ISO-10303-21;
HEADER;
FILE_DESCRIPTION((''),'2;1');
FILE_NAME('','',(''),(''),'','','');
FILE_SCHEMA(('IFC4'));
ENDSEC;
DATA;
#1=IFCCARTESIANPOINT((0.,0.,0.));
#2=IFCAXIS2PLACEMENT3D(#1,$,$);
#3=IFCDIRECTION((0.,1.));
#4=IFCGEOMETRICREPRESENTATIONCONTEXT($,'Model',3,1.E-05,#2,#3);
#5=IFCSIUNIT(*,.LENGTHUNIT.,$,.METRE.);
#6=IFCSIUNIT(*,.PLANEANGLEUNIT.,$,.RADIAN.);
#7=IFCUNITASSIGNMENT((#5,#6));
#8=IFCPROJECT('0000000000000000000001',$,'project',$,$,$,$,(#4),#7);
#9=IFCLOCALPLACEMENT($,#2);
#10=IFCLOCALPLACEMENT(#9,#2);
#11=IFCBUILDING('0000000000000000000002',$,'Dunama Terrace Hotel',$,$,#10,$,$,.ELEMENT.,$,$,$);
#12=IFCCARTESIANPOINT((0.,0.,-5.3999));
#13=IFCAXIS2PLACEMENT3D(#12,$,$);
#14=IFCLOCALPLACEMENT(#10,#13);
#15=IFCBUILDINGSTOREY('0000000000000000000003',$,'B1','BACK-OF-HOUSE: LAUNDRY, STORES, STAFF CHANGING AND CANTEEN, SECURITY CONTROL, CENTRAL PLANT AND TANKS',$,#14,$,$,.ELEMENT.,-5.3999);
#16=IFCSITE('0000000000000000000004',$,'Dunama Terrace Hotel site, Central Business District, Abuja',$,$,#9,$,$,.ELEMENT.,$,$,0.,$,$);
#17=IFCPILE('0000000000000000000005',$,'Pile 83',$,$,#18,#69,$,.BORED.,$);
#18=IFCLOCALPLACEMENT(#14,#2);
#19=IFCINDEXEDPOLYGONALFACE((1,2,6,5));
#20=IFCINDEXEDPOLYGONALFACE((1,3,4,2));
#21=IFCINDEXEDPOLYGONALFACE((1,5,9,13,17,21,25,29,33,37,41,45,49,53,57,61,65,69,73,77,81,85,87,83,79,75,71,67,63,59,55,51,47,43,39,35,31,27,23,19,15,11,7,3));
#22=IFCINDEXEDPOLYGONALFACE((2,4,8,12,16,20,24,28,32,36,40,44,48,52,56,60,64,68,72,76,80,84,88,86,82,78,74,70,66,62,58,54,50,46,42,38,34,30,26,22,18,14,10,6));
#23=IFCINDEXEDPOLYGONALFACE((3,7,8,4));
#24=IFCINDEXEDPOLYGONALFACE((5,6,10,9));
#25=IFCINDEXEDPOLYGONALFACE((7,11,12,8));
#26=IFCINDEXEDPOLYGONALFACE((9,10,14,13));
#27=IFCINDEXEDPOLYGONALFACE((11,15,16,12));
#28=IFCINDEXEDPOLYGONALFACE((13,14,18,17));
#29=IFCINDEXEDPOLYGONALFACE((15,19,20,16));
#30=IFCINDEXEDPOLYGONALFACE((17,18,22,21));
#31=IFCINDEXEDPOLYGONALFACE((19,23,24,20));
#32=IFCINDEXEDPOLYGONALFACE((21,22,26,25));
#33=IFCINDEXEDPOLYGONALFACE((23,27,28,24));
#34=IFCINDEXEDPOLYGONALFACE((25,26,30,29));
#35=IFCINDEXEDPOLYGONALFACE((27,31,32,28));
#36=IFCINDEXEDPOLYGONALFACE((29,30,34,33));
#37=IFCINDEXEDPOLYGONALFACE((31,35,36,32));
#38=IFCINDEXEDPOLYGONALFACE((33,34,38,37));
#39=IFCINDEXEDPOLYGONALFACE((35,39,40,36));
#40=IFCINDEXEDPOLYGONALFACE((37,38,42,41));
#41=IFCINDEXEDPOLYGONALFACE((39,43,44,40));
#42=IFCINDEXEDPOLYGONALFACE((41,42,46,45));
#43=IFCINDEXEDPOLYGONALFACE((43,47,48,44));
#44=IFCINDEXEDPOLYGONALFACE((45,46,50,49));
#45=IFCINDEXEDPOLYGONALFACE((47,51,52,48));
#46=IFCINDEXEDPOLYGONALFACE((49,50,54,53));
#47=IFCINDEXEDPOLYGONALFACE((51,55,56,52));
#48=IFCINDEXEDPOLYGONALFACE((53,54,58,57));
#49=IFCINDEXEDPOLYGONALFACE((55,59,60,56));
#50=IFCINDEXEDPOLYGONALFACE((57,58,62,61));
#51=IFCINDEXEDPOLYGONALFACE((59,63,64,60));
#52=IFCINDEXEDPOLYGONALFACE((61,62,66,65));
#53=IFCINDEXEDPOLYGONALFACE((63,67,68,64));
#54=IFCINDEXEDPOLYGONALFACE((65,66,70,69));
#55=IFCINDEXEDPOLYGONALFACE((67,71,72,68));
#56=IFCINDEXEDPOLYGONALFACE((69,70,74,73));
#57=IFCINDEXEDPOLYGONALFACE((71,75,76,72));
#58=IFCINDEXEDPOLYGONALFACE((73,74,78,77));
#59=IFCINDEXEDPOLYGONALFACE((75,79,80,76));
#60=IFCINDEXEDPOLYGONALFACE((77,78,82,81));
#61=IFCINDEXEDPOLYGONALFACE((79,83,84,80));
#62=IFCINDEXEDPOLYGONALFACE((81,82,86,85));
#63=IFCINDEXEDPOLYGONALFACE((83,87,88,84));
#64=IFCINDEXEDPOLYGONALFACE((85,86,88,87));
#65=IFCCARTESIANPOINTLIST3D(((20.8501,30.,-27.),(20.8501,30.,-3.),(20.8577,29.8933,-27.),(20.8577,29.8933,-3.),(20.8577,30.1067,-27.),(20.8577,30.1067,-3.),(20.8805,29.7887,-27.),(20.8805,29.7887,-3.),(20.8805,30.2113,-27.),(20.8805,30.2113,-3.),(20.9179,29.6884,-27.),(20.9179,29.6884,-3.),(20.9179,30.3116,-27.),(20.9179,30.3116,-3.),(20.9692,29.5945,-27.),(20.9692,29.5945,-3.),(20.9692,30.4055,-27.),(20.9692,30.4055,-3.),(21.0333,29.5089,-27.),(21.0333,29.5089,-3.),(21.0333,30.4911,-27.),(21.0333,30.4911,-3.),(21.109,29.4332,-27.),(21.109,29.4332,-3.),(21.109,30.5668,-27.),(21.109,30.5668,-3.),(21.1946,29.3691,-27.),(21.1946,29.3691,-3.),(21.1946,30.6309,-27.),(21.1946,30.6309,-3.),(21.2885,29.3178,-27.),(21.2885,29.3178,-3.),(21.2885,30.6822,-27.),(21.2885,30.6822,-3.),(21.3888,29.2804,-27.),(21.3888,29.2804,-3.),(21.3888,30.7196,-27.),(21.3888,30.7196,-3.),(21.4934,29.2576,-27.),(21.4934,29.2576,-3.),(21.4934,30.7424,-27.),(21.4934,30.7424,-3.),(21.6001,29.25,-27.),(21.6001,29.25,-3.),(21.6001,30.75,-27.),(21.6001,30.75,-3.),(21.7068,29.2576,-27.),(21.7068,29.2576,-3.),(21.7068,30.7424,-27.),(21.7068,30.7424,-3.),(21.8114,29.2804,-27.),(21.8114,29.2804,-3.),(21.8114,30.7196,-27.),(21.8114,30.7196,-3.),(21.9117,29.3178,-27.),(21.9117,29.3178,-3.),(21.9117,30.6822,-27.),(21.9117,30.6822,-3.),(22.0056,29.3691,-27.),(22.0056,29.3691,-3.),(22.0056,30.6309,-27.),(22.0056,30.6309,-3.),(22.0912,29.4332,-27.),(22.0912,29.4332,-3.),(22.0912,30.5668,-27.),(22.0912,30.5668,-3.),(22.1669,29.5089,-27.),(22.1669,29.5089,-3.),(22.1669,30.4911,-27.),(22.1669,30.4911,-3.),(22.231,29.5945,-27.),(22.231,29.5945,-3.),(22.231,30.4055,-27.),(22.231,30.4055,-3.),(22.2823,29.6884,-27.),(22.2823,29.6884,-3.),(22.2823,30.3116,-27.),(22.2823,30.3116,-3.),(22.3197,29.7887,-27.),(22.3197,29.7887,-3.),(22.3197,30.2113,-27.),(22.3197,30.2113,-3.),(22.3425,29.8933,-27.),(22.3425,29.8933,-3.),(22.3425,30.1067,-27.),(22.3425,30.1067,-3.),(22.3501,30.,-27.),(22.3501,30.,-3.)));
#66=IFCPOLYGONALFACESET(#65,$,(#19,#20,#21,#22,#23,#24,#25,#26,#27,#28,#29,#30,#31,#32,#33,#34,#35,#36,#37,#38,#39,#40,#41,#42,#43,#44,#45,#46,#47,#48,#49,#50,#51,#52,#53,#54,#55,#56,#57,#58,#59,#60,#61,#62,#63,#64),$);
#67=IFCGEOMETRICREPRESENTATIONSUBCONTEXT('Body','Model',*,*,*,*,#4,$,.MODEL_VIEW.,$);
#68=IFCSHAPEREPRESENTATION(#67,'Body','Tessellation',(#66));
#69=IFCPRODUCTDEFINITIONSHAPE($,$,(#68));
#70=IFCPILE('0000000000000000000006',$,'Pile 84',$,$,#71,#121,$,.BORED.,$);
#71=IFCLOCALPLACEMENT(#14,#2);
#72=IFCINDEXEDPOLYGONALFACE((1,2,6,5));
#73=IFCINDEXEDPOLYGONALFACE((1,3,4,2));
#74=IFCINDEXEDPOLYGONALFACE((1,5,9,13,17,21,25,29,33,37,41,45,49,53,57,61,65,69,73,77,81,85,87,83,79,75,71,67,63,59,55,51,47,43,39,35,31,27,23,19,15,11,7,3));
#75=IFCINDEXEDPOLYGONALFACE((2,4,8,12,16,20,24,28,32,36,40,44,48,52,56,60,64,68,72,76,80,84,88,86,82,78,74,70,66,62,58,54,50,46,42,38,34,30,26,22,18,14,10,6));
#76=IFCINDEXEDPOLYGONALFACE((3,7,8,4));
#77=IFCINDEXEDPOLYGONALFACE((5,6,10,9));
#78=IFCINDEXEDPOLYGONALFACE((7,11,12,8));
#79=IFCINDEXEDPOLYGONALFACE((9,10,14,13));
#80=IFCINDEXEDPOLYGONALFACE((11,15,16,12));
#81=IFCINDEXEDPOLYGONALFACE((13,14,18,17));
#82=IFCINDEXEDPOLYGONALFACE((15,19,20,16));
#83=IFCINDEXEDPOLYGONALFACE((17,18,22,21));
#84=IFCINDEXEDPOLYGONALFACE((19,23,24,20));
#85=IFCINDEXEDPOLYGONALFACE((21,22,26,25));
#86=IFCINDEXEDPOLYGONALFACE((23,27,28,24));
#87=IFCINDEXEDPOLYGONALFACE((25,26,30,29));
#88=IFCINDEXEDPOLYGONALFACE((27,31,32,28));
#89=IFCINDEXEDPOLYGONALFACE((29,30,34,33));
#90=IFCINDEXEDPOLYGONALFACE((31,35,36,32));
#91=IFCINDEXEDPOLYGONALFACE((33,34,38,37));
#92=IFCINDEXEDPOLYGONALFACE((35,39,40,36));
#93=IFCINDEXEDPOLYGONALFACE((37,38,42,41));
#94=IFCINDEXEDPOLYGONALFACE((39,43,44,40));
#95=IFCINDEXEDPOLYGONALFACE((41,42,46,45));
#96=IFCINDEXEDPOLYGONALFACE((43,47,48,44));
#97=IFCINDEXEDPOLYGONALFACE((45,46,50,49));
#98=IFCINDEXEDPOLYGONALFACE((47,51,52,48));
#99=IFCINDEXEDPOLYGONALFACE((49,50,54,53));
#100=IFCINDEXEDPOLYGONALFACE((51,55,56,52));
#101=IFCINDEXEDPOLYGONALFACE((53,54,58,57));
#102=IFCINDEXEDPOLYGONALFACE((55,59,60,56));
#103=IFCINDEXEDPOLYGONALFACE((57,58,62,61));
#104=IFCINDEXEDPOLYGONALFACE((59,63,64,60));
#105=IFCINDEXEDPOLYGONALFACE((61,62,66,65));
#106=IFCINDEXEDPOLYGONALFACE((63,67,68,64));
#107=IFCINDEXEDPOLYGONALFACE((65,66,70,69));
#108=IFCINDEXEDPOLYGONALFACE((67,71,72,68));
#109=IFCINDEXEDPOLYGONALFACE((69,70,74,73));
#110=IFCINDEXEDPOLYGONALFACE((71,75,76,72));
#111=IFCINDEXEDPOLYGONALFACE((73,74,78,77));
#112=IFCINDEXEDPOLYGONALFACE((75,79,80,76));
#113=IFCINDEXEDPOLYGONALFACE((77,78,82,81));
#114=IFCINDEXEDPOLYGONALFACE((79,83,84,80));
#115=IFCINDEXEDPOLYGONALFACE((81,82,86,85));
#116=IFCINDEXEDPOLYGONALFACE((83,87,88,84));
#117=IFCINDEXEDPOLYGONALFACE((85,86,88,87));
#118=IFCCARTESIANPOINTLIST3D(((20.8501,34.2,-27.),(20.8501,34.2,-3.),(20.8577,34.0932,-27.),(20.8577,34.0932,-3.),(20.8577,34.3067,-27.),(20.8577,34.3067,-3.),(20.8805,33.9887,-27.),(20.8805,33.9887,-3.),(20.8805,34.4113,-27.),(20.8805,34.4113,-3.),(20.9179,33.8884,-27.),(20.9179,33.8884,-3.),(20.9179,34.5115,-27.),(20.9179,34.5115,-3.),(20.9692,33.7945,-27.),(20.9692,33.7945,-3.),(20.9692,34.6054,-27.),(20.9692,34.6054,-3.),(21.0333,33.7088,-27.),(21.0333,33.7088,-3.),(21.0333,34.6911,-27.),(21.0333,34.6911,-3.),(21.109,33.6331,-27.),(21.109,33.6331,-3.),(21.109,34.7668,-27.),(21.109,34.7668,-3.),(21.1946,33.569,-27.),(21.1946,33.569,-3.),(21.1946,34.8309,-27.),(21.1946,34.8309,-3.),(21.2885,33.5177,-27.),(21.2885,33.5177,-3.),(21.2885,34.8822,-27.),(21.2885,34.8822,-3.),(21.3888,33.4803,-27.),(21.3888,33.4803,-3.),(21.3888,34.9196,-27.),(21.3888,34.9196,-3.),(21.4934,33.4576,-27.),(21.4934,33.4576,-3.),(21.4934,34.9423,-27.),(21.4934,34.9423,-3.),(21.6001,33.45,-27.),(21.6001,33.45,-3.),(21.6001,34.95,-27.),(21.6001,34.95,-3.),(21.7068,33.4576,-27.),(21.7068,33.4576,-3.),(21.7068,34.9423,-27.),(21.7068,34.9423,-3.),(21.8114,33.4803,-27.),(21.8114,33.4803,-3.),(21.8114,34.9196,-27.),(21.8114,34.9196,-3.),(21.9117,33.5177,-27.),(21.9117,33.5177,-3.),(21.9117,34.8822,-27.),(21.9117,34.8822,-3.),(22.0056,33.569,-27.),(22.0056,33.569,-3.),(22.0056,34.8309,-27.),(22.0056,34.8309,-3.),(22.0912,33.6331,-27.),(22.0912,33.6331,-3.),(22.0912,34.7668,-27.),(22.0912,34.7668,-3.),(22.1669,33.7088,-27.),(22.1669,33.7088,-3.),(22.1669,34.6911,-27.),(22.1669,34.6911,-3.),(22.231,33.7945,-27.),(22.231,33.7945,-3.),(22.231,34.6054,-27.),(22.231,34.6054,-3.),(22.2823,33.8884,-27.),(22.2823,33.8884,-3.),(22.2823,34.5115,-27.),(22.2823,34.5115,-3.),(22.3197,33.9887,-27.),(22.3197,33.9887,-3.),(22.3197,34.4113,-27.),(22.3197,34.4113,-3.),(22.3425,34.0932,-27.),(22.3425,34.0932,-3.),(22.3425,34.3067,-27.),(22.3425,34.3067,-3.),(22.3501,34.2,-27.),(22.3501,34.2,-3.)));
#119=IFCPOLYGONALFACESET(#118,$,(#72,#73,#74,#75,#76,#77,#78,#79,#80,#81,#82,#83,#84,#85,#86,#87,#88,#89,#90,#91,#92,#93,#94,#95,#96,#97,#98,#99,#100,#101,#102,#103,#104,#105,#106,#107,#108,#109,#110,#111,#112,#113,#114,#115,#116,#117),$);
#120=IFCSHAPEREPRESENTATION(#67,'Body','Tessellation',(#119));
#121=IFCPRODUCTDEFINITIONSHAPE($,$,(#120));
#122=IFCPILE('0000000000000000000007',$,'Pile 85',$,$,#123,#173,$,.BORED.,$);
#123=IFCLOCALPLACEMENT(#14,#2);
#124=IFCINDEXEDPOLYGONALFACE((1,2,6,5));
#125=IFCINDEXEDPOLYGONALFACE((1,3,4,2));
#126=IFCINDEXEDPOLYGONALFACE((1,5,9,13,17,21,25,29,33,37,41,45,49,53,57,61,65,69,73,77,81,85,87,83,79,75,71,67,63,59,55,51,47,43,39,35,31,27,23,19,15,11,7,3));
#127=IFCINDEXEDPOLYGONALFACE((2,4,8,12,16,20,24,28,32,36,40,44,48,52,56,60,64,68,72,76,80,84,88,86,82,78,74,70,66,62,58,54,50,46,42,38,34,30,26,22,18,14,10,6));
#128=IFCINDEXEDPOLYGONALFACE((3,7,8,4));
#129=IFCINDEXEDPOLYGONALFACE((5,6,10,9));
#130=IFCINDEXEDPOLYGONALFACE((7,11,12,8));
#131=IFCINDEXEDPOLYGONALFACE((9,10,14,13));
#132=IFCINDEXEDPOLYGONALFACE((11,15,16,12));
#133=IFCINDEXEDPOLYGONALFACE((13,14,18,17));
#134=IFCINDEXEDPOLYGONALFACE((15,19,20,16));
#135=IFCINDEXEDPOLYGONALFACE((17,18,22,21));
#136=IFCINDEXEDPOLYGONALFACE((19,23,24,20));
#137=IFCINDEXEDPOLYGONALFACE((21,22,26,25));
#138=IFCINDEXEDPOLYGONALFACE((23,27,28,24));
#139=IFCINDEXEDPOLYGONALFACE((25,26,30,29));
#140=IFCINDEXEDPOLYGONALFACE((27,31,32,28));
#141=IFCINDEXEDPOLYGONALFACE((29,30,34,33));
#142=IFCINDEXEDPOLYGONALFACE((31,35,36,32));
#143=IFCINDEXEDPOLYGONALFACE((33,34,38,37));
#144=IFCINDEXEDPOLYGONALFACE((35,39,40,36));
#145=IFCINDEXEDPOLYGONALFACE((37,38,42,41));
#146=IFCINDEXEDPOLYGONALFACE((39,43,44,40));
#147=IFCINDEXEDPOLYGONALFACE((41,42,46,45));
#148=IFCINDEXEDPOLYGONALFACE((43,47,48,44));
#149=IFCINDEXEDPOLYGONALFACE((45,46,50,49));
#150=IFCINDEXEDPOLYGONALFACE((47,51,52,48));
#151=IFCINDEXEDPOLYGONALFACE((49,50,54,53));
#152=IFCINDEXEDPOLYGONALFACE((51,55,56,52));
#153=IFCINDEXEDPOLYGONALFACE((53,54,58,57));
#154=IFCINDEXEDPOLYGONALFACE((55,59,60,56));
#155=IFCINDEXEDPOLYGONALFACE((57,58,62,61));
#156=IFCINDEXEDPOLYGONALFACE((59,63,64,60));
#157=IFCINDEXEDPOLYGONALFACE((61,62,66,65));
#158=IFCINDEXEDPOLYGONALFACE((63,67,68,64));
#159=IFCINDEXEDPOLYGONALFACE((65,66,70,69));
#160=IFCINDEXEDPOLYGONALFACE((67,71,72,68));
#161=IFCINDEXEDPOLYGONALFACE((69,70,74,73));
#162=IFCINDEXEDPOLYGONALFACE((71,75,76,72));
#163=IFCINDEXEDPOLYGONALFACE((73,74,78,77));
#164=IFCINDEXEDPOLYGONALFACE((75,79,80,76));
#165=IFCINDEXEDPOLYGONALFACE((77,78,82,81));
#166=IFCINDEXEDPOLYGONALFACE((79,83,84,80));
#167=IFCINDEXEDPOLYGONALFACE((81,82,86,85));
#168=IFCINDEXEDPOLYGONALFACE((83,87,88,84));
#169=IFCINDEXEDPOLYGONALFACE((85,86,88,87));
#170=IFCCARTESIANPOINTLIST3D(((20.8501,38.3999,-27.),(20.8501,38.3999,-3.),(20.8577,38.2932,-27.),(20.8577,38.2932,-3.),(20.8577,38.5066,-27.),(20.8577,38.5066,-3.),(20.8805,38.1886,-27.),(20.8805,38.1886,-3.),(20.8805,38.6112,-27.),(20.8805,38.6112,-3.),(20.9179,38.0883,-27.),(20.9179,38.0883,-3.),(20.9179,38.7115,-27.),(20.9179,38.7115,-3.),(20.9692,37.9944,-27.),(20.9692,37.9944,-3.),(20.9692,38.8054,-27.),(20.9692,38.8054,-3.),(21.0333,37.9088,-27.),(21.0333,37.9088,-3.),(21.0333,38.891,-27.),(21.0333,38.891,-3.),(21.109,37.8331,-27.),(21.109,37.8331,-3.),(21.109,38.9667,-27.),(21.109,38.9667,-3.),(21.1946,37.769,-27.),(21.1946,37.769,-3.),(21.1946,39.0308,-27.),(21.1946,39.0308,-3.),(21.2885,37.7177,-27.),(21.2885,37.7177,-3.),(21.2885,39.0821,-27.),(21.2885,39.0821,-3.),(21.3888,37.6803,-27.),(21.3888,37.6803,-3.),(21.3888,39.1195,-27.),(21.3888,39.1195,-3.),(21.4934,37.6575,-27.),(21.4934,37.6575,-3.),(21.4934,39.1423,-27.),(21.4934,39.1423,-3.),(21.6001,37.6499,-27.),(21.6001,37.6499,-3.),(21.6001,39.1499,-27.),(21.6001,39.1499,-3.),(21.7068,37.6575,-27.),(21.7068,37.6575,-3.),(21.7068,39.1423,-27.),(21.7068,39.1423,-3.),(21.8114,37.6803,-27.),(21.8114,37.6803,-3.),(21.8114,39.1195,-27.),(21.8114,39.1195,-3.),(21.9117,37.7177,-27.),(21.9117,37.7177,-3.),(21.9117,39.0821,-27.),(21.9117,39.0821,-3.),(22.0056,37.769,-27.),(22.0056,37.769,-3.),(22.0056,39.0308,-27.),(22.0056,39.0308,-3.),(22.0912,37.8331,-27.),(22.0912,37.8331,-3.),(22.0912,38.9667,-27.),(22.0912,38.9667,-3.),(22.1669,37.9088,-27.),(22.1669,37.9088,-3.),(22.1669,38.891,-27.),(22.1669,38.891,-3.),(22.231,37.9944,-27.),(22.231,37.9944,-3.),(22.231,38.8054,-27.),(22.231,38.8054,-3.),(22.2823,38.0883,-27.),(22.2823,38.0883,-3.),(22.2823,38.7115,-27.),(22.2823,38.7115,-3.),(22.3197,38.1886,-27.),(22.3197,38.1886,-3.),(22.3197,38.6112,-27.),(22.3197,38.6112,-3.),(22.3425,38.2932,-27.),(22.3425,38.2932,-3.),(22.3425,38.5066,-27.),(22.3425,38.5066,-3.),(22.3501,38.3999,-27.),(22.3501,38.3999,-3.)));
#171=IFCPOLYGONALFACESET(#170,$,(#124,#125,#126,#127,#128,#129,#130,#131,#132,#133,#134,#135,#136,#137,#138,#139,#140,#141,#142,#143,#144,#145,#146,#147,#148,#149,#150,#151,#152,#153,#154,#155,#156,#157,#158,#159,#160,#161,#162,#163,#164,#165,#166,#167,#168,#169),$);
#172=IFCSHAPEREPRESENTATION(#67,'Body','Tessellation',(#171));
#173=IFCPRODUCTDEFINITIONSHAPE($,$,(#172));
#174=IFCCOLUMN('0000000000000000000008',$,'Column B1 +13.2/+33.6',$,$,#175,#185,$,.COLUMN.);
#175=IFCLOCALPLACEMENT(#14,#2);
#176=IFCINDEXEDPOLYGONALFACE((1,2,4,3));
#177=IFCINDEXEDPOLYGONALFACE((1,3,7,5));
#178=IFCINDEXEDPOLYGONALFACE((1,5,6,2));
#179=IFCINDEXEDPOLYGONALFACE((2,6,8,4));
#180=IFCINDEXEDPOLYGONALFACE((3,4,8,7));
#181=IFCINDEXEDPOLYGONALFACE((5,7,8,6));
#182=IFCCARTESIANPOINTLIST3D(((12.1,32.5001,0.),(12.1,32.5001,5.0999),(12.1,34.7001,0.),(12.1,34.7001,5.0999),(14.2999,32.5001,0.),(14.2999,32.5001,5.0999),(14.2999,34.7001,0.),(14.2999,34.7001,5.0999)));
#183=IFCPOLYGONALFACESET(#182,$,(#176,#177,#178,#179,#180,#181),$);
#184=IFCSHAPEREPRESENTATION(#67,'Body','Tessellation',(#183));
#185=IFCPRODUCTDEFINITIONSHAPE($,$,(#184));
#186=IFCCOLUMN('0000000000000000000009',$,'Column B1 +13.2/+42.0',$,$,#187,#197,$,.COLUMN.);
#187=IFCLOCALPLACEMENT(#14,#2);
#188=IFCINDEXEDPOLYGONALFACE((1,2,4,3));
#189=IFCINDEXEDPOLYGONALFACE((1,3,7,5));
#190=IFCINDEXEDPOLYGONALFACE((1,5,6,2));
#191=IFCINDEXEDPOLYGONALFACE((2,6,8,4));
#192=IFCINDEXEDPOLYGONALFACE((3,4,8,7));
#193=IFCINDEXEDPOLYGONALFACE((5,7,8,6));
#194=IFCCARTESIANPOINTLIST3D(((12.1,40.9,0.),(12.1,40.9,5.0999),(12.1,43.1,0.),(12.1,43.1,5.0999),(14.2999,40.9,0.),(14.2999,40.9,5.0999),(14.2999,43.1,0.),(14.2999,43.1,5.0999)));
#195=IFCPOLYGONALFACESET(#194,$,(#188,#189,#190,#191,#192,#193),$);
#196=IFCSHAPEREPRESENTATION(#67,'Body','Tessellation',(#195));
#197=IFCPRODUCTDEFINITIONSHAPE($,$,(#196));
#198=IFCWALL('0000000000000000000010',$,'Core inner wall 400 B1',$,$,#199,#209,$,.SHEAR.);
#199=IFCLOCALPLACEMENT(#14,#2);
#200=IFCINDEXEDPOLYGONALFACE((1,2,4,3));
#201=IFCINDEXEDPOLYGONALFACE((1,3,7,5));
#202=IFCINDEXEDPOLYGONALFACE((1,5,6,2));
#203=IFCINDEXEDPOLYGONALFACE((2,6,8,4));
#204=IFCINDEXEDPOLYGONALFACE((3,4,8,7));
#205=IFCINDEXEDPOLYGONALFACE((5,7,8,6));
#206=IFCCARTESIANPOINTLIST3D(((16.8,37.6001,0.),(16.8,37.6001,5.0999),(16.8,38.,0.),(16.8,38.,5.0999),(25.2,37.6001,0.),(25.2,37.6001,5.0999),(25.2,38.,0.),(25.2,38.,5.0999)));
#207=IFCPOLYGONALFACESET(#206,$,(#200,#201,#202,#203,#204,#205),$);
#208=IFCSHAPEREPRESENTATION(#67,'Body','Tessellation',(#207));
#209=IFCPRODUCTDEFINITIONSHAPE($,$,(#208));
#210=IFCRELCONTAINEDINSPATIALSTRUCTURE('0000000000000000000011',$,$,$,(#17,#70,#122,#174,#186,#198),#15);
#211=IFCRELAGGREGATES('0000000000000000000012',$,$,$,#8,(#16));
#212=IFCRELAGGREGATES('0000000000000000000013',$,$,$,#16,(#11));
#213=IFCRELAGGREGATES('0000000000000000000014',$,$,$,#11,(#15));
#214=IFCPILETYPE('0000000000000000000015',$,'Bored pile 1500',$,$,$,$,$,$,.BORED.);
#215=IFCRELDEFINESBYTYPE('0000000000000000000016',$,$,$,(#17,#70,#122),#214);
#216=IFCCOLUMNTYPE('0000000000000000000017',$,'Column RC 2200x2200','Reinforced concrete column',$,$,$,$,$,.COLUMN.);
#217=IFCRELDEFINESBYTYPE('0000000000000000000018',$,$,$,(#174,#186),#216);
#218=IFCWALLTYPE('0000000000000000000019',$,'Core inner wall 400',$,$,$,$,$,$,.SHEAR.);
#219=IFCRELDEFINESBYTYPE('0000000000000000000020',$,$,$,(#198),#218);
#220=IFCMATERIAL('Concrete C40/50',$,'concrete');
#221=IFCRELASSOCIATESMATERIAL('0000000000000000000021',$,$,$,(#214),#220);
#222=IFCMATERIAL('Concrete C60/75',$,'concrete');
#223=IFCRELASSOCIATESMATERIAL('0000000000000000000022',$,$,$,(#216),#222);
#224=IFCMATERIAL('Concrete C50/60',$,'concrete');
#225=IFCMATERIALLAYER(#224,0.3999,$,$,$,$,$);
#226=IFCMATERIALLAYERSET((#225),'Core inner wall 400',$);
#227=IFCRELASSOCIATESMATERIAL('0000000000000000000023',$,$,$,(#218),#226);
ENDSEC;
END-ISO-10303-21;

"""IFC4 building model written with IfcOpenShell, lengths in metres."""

from ifc_helpers import new_model, si_unit, direction, frame, frame_2d, origin, origin_2d, place, context, subcontext, project, spatial, rectangle, circle, extrude, material, layer, layer_set, material_profile, profile_set, type_object, element, save


model = new_model("IFC4")

# Units and contexts
model_context = context("Model", 3, precision=1e-05, world=origin(), true_north=direction((0.0, 1.0)))
body_context = subcontext(model_context, "Body", "Model", "MODEL_VIEW")
ifc_project = project(units=[si_unit("LENGTHUNIT", "METRE"), si_unit("PLANEANGLEUNIT", "RADIAN")], contexts=[model_context])

# Site, building, storey
site_placement = place(None, origin())
site = spatial("IfcSite", under=ifc_project, at=site_placement, Name="Dunama Terrace Hotel site, Central Business District, Abuja", CompositionType="ELEMENT", RefElevation=0.0)
building_placement = place(site_placement, origin())
building = spatial("IfcBuilding", under=site, at=building_placement, Name="Dunama Terrace Hotel", CompositionType="ELEMENT")
storey_placement = place(building_placement, frame((0.0, 0.0, -5.3999)))
storey = spatial("IfcBuildingStorey", under=building, at=storey_placement, Name="B1", Description="BACK-OF-HOUSE: LAUNDRY, STORES, STAFF CHANGING AND CANTEEN, SECURITY CONTROL, CENTRAL PLANT AND TANKS", CompositionType="ELEMENT", Elevation=-5.3999)

# Piles
ifc_material_1 = material(Name="Concrete C40/50", Category="concrete")
ifc_material_profile_1 = material_profile(ifc_material_1, circle(Radius=0.75, at=origin_2d()), Name="PILE D1500")
ifc_profile_set_1 = profile_set([ifc_material_profile_1], Name="Concrete C40/50")
pile_type = type_object("IfcPileType", Name="Bored pile 1500", PredefinedType="BORED", material=ifc_profile_set_1)
for number, where, z_axis, x_axis, name in (
    (1, (21.6001, 30.0, -3.0), (0.0, 0.0, -1.0), (1.0, 0.0, 0.0), "Pile 83"),
    (2, (21.6001, 34.2, -3.0), (0.0, 0.0, -1.0), (1.0, 0.0, 0.0), "Pile 84"),
    (3, (21.6001, 38.3999, -3.0), (0.0, 0.0, -1.0), (1.0, 0.0, 0.0), "Pile 85"),
):
    element("IfcPile", number, at=place(storey_placement, frame(where, z_axis=z_axis, x_axis=x_axis)), inside=storey, type_object=pile_type, Name=name, PredefinedType="BORED", context=body_context, shape_type="SweptSolid", body=[
        extrude(circle(Radius=0.75, at=origin_2d()), origin(), (0.0, 0.0, 1.0), 24.0),
    ])

# Columns
ifc_material_2 = material(Name="Concrete C60/75", Category="concrete")
ifc_material_profile_2 = material_profile(ifc_material_2, rectangle(XDim=2.2, YDim=2.2, at=origin_2d()), Name="RC 2200x2200")
ifc_profile_set_2 = profile_set([ifc_material_profile_2], Name="Concrete C60/75")
column_type = type_object("IfcColumnType", Name="Column RC 2200x2200", Description="Reinforced concrete column", PredefinedType="COLUMN", material=ifc_profile_set_2)
for number, where, z_axis, x_axis, name in (
    (4, (13.2, 33.6001, 0.0), (0.0, 0.0, 1.0), (1.0, 0.0, 0.0), "Column B1 +13.2/+33.6"),
    (5, (13.2, 42.0, 0.0), (0.0, 0.0, 1.0), (1.0, 0.0, 0.0), "Column B1 +13.2/+42.0"),
):
    element("IfcColumn", number, at=place(storey_placement, frame(where, z_axis=z_axis, x_axis=x_axis)), inside=storey, type_object=column_type, Name=name, PredefinedType="COLUMN", context=body_context, shape_type="SweptSolid", body=[
        extrude(rectangle(XDim=2.2, YDim=2.2, at=origin_2d()), origin(), (0.0, 0.0, 1.0), 5.0999),
    ])

# Wall
ifc_material_3 = material(Name="Concrete C50/60", Category="concrete")
ifc_layer_1 = layer(ifc_material_3, 0.3999)
ifc_layer_set_1 = layer_set([ifc_layer_1], Name="Core inner wall 400")
wall_type_1 = type_object("IfcWallType", Name="Core inner wall 400", PredefinedType="SHEAR", material=ifc_layer_set_1)
wall_1_placement = place(storey_placement, frame((16.8, 37.8, 0.0), z_axis=(0.0, 0.0, 1.0), x_axis=(1.0, 0.0, 0.0)))
element("IfcWall", 6, at=wall_1_placement, inside=storey, type_object=wall_type_1, Name="Core inner wall 400 B1", PredefinedType="SHEAR", context=body_context, shape_type="SweptSolid", body=[
    extrude(rectangle(XDim=8.3999, YDim=0.3999, at=frame_2d((4.2, 0.0))), origin(), (0.0, 0.0, 1.0), 5.0999),
])

save(model, "model.ifc")
